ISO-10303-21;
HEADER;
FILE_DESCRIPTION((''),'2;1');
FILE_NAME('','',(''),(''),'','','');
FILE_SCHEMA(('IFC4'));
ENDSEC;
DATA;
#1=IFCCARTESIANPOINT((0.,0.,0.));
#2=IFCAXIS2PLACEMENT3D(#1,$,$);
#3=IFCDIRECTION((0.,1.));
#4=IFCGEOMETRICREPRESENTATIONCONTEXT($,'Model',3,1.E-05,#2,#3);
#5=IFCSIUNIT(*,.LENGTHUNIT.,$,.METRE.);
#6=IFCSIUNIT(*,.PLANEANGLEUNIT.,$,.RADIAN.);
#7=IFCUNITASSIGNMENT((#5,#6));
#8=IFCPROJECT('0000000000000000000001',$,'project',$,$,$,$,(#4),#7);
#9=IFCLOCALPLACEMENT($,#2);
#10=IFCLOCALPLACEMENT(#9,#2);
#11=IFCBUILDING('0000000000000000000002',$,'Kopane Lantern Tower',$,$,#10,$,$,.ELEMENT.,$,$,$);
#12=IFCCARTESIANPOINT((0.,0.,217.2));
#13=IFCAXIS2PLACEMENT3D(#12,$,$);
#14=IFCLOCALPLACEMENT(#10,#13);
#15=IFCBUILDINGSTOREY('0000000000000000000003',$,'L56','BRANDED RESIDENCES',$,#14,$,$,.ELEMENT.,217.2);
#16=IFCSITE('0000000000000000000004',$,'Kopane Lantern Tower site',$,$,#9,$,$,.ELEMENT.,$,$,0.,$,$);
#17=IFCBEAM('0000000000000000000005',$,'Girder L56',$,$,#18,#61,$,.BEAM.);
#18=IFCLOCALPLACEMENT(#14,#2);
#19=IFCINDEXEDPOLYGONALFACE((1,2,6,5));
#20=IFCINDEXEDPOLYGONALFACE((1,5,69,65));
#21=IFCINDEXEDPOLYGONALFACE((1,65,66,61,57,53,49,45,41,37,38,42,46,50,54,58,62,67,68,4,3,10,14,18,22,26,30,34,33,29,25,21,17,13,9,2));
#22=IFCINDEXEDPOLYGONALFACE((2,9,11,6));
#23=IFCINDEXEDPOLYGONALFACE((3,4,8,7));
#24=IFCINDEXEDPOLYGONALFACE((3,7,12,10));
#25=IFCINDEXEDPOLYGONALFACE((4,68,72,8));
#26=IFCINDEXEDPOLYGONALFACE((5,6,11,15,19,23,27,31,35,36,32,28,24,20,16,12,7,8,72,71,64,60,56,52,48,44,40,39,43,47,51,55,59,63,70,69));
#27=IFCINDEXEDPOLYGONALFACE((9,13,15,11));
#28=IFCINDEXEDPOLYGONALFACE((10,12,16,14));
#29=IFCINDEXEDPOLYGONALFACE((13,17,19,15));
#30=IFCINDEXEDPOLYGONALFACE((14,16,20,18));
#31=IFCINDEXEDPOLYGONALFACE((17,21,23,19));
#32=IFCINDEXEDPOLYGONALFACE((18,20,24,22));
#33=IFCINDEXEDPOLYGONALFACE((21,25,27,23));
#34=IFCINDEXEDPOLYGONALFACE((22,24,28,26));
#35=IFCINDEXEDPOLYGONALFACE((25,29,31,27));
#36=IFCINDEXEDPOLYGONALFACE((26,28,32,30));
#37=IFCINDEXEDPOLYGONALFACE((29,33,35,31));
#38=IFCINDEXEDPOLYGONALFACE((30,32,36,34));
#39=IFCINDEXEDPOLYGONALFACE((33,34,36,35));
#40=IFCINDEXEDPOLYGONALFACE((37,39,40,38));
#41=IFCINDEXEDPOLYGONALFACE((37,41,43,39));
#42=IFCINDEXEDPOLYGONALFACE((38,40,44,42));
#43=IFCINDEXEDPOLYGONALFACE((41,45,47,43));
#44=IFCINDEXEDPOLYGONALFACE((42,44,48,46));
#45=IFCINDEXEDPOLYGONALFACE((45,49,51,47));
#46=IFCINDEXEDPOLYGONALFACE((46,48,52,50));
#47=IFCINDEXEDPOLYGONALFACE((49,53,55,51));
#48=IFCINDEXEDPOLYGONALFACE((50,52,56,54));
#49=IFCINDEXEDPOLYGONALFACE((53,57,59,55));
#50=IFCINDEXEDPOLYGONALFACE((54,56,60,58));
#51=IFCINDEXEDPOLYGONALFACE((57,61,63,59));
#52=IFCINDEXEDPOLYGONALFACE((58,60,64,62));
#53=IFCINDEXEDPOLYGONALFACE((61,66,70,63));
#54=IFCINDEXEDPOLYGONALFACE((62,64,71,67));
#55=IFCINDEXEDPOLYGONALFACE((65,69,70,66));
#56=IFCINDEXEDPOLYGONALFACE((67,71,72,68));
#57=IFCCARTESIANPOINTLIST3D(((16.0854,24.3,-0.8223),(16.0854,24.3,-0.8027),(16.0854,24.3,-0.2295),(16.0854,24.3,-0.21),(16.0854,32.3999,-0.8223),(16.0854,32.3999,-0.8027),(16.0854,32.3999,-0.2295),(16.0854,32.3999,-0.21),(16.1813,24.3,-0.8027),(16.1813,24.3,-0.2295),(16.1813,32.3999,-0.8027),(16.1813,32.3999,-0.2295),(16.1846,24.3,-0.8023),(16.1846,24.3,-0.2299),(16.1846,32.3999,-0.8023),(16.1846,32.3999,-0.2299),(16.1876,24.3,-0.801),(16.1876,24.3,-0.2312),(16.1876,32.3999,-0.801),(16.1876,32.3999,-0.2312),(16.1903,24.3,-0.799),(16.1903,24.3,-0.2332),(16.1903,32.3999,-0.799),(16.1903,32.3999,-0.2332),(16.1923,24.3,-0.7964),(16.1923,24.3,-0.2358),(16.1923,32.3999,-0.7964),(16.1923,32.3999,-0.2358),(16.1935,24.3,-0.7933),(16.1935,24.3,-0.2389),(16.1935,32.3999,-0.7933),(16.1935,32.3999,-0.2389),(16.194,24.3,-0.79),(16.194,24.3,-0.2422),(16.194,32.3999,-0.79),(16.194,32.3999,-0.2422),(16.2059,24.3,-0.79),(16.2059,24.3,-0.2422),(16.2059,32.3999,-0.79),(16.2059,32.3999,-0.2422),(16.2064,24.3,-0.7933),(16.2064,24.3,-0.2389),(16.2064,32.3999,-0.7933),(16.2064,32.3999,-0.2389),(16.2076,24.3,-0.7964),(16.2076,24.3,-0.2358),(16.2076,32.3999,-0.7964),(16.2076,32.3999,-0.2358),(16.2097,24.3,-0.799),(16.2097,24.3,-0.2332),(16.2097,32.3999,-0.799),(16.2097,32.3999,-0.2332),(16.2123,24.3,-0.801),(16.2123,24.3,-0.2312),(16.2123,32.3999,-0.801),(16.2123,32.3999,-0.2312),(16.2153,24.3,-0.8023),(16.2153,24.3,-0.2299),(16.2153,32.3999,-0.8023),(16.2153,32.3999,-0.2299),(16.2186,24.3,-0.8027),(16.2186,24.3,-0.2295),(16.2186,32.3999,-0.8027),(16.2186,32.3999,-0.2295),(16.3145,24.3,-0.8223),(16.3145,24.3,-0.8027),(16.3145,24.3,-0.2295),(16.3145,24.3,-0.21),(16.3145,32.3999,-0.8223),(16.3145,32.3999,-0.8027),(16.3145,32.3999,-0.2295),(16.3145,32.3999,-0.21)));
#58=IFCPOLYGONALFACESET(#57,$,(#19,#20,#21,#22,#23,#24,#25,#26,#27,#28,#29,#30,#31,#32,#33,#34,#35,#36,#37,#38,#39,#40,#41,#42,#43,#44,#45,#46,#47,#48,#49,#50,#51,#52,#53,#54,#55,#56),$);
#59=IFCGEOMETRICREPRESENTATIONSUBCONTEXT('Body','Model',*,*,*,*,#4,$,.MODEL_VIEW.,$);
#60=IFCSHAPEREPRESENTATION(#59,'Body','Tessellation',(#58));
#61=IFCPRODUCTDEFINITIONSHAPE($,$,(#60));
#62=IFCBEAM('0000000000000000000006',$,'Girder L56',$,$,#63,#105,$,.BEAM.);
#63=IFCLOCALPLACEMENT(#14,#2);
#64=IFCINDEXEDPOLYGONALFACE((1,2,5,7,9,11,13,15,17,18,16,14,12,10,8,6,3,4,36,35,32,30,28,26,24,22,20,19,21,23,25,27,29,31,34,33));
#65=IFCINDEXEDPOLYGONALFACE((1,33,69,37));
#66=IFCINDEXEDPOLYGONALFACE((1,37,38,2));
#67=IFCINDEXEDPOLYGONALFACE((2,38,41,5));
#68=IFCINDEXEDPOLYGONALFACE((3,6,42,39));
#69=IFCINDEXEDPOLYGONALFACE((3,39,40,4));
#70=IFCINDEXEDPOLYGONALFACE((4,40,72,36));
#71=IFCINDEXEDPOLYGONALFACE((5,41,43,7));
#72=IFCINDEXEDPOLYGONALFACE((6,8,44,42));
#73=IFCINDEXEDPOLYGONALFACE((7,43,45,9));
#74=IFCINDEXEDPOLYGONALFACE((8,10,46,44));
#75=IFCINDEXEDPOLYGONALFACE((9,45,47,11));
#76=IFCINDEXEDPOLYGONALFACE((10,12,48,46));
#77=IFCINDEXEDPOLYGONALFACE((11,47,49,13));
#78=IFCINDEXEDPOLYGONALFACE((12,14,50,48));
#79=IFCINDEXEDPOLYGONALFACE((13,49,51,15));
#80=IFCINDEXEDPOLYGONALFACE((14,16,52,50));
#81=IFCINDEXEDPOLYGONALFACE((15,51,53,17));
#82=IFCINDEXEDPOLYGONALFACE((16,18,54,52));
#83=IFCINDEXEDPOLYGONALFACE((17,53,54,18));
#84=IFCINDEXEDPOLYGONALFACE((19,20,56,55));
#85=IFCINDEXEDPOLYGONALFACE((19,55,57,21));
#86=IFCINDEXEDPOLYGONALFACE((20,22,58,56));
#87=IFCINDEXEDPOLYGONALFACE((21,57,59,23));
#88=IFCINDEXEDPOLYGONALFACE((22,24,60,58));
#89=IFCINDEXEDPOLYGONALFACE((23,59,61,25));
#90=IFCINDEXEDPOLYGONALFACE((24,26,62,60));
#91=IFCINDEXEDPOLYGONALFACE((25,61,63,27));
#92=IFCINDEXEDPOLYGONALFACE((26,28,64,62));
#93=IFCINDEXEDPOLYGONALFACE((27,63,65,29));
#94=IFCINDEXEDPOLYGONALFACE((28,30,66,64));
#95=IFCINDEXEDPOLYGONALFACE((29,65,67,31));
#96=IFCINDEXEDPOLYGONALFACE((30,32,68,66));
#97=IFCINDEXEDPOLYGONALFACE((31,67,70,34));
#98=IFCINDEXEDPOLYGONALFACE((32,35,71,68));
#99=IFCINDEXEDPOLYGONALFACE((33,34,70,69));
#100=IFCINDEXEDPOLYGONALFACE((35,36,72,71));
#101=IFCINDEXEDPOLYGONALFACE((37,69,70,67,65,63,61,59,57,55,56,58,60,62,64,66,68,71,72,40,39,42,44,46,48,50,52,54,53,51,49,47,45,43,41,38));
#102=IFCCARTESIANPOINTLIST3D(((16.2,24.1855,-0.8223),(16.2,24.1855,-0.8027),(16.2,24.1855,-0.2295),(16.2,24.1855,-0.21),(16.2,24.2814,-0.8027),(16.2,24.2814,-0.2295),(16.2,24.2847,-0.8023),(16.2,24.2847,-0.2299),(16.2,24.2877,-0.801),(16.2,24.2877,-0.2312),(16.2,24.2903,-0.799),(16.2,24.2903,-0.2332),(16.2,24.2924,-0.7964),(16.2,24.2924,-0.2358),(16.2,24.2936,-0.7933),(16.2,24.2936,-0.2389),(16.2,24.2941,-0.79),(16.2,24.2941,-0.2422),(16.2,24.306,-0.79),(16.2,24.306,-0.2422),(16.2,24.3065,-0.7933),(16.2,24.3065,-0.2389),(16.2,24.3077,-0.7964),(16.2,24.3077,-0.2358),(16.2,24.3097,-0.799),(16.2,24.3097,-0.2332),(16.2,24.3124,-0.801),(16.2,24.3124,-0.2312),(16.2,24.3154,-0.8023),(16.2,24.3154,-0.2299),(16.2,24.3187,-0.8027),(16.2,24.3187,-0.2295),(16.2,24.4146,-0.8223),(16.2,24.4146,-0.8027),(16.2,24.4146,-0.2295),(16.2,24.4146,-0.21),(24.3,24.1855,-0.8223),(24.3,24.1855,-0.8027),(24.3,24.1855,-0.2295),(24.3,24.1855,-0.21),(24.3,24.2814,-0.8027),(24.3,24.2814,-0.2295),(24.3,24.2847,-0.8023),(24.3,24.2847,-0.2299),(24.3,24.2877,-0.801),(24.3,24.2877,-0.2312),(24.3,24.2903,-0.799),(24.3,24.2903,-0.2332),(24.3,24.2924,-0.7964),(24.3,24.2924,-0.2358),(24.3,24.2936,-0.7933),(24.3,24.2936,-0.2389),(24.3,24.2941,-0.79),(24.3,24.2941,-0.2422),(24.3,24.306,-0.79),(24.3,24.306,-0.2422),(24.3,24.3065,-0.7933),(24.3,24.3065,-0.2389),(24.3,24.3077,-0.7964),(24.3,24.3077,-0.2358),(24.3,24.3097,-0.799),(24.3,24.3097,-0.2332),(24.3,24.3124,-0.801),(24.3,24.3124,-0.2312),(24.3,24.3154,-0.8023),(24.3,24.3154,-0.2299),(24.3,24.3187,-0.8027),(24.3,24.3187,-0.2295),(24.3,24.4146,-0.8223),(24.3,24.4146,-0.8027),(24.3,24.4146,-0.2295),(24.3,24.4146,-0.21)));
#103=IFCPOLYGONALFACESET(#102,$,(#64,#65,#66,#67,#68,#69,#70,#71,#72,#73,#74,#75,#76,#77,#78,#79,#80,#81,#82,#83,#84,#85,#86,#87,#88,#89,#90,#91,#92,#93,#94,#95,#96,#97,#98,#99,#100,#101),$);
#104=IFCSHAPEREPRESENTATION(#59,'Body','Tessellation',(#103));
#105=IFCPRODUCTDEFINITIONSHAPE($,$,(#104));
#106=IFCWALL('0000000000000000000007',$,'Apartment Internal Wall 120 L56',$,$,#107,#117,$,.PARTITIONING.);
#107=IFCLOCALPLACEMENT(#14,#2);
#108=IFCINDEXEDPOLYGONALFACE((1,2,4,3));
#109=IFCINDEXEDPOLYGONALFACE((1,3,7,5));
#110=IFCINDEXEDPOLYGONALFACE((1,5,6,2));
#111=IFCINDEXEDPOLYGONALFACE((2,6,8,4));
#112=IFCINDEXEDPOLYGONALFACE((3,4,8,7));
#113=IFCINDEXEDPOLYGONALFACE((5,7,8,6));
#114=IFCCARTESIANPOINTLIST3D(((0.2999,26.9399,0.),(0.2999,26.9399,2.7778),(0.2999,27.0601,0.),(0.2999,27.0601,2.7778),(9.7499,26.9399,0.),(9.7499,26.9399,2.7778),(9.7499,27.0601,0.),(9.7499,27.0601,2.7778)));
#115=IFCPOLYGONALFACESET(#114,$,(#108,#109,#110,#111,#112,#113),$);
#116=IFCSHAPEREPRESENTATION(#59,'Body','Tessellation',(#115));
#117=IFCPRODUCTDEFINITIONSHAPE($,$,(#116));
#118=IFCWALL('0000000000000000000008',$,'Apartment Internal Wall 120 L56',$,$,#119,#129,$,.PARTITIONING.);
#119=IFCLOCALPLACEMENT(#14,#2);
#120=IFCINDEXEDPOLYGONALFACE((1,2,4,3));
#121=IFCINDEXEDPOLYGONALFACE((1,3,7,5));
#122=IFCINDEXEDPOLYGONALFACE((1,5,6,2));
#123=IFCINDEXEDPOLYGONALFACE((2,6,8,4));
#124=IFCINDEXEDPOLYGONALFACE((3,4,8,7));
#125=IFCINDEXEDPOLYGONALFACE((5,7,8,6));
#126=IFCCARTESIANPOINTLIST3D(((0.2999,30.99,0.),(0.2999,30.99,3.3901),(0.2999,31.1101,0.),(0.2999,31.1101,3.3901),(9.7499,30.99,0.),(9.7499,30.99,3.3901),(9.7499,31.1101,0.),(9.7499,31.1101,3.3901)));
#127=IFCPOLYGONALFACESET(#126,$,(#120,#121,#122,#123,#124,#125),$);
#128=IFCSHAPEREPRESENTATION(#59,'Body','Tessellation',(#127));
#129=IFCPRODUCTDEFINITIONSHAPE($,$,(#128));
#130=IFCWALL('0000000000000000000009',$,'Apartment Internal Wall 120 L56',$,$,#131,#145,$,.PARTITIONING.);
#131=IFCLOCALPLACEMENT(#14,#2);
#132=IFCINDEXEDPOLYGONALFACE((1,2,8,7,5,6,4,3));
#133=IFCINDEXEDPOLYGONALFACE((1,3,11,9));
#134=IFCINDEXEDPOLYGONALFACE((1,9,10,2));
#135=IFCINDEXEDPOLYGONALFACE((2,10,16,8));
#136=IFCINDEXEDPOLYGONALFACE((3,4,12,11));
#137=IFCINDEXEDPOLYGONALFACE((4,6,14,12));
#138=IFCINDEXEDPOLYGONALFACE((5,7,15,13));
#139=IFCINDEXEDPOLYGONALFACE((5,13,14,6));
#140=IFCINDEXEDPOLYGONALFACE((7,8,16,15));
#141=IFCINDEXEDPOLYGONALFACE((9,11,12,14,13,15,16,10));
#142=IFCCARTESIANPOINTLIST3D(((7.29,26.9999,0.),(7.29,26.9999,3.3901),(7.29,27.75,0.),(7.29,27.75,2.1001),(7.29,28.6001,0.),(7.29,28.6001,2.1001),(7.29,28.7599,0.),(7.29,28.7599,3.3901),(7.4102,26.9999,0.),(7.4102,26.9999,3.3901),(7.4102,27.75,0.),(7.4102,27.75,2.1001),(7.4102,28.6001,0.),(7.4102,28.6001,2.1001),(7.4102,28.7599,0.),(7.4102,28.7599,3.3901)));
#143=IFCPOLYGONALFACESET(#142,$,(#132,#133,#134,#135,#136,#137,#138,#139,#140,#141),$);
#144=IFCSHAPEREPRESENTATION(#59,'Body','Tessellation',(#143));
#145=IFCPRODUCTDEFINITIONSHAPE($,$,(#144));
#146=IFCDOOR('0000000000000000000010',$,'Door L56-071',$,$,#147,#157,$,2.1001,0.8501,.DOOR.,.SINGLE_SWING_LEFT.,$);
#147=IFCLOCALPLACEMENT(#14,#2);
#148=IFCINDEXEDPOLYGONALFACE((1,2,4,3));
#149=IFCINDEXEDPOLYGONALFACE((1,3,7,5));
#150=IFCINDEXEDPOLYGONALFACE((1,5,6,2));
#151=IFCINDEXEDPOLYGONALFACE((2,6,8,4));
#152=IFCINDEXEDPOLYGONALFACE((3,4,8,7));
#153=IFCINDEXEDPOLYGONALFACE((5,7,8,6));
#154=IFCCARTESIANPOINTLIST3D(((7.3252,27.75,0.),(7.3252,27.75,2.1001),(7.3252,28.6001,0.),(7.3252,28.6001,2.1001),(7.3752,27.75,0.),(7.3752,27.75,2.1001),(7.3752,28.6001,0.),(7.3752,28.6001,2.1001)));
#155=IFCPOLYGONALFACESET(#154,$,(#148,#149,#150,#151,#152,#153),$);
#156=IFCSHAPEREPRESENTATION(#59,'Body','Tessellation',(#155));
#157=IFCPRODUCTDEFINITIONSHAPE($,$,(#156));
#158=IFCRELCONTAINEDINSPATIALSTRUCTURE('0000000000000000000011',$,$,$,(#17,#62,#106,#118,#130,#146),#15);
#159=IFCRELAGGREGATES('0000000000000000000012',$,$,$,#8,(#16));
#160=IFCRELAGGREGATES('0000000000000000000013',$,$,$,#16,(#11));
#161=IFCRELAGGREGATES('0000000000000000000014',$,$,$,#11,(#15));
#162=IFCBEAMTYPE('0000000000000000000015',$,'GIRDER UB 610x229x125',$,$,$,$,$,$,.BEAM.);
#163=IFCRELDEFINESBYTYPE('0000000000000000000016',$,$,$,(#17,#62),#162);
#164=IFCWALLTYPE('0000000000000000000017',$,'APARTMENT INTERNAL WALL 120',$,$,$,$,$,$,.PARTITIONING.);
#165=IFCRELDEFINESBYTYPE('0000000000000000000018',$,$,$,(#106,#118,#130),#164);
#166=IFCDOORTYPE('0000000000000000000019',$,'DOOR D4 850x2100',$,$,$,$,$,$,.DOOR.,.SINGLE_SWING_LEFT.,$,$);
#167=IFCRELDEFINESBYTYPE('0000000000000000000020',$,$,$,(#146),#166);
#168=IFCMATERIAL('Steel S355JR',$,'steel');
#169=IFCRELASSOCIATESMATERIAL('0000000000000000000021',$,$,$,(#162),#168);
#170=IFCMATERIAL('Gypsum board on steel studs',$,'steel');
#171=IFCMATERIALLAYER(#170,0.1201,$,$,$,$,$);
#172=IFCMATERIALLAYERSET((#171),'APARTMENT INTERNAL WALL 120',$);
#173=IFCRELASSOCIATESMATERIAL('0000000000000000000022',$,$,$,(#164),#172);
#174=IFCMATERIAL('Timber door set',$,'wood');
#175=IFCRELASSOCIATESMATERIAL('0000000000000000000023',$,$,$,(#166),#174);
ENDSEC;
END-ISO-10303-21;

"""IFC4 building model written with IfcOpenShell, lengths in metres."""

from ifc_helpers import new_model, si_unit, direction, frame, frame_2d, origin, origin_2d, place, context, subcontext, project, spatial, rectangle, i_section, extrude, material, layer, layer_set, material_profile, profile_set, type_object, element, fill, save


model = new_model("IFC4")

# Units and contexts
model_context = context("Model", 3, precision=1e-05, world=origin(), true_north=direction((0.0, 1.0)))
body_context = subcontext(model_context, "Body", "Model", "MODEL_VIEW")
ifc_project = project(units=[si_unit("LENGTHUNIT", "METRE"), si_unit("PLANEANGLEUNIT", "RADIAN")], contexts=[model_context])

# Site, building, storey
site_placement = place(None, origin())
site = spatial("IfcSite", under=ifc_project, at=site_placement, Name="Kopane Lantern Tower site", CompositionType="ELEMENT", RefElevation=0.0)
building_placement = place(site_placement, origin())
building = spatial("IfcBuilding", under=site, at=building_placement, Name="Kopane Lantern Tower", CompositionType="ELEMENT")
storey_placement = place(building_placement, frame((0.0, 0.0, 217.2)))
storey = spatial("IfcBuildingStorey", under=building, at=storey_placement, Name="L56", Description="BRANDED RESIDENCES", CompositionType="ELEMENT", Elevation=217.2)

# Beams
ifc_material_1 = material(Name="Steel S355JR", Category="steel")
ifc_material_profile_1 = material_profile(ifc_material_1, i_section(OverallWidth=0.229, OverallDepth=0.6123, WebThickness=0.012, FlangeThickness=0.0195, FilletRadius=0.0127, at=origin_2d()), Name="UB 610x229x125")
ifc_profile_set_1 = profile_set([ifc_material_profile_1], Name="Steel S355JR")
beam_type = type_object("IfcBeamType", Name="GIRDER UB 610x229x125", PredefinedType="BEAM", material=ifc_profile_set_1)
for number, where, z_axis, x_axis, name in (
    (1, (16.2, 24.3, -0.5161), (0.0, 1.0, 0.0), (-1.0, 0.0, 0.0), "Girder L56"),
):
    element("IfcBeam", number, at=place(storey_placement, frame(where, z_axis=z_axis, x_axis=x_axis)), inside=storey, type_object=beam_type, Name=name, PredefinedType="BEAM", context=body_context, shape_type="SweptSolid", body=[
        extrude(i_section(OverallWidth=0.229, OverallDepth=0.6123, WebThickness=0.012, FlangeThickness=0.0195, FilletRadius=0.0127, at=origin_2d()), origin(), (0.0, 0.0, 1.0), 8.0999),
    ])
beam_placement = place(storey_placement, frame((16.2, 24.3, -0.5161), z_axis=(1.0, 0.0, 0.0), x_axis=(0.0, 1.0, 0.0)))
element("IfcBeam", 2, at=beam_placement, inside=storey, type_object=beam_type, Name="Girder L56", PredefinedType="BEAM", context=body_context, shape_type="SweptSolid", body=[
    extrude(i_section(OverallWidth=0.229, OverallDepth=0.6123, WebThickness=0.012, FlangeThickness=0.0195, FilletRadius=0.0127, at=origin_2d()), origin(), (0.0, 0.0, 1.0), 8.1001),
])

# Walls
ifc_material_2 = material(Name="Gypsum board on steel studs", Category="steel")
ifc_layer_1 = layer(ifc_material_2, 0.1201)
ifc_layer_set_1 = layer_set([ifc_layer_1], Name="APARTMENT INTERNAL WALL 120")
wall_type_1 = type_object("IfcWallType", Name="APARTMENT INTERNAL WALL 120", PredefinedType="PARTITIONING", material=ifc_layer_set_1)
wall_1_placement = place(storey_placement, frame((9.75, 27.0, 0.0), z_axis=(0.0, 0.0, 1.0), x_axis=(-1.0, 0.0, 0.0)))
element("IfcWall", 3, at=wall_1_placement, inside=storey, type_object=wall_type_1, Name="Apartment Internal Wall 120 L56", PredefinedType="PARTITIONING", context=body_context, shape_type="SweptSolid", body=[
    extrude(rectangle(XDim=9.45, YDim=0.1201, at=frame_2d((4.7251, 0.0))), origin(), (0.0, 0.0, 1.0), 2.7778),
])
wall_2_placement = place(storey_placement, frame((9.75, 31.05, 0.0), z_axis=(0.0, 0.0, 1.0), x_axis=(-1.0, 0.0, 0.0)))
element("IfcWall", 4, at=wall_2_placement, inside=storey, type_object=wall_type_1, Name="Apartment Internal Wall 120 L56", PredefinedType="PARTITIONING", context=body_context, shape_type="SweptSolid", body=[
    extrude(rectangle(XDim=9.45, YDim=0.1201, at=frame_2d((4.7251, 0.0))), origin(), (0.0, 0.0, 1.0), 3.3901),
])

# Wall, opening, door
wall_3_placement = place(storey_placement, frame((7.3501, 27.0, 0.0), z_axis=(0.0, 0.0, 1.0), x_axis=(0.0, 1.0, 0.0)))
wall_3 = element("IfcWall", 5, at=wall_3_placement, inside=storey, type_object=wall_type_1, Name="Apartment Internal Wall 120 L56", PredefinedType="PARTITIONING", context=body_context, shape_type="SweptSolid", body=[
    extrude(rectangle(XDim=1.76, YDim=0.1201, at=frame_2d((0.8799, 0.0))), origin(), (0.0, 0.0, 1.0), 3.3901),
])
opening_1_placement = place(wall_3_placement, frame((0.75, 0.0, 0.0)))
opening_1 = element("IfcOpeningElement", 6, at=opening_1_placement, cuts=wall_3, PredefinedType="OPENING", context=body_context, shape_type="SweptSolid", body=[
    extrude(rectangle(XDim=0.8501, YDim=2.1001, at=frame_2d((0.425, 1.05))), frame((0.0, 0.0701, 0.0), z_axis=(0.0, -1.0, 0.0), x_axis=(1.0, 0.0, 0.0)), (0.0, 0.0, 1.0), 0.1401),
])
ifc_material_3 = material(Name="Timber door set", Category="wood")
door_type_1 = type_object("IfcDoorType", Name="DOOR D4 850x2100", OperationType="SINGLE_SWING_LEFT", PredefinedType="DOOR", material=ifc_material_3)
door_1_placement = place(opening_1_placement, origin())
door_1 = element("IfcDoor", 7, at=door_1_placement, inside=storey, type_object=door_type_1, Name="Door L56-071", OperationType="SINGLE_SWING_LEFT", OverallHeight=2.1001, OverallWidth=0.8501, PredefinedType="DOOR", context=body_context, shape_type="SweptSolid", body=[
    extrude(rectangle(XDim=0.8501, YDim=2.1001, at=frame_2d((0.425, 1.05))), frame((0.0, 0.0249, 0.0), z_axis=(0.0, -1.0, 0.0), x_axis=(1.0, 0.0, 0.0)), (0.0, 0.0, 1.0), 0.05),
])
fill(opening_1, door_1)

save(model, "model.ifc")
